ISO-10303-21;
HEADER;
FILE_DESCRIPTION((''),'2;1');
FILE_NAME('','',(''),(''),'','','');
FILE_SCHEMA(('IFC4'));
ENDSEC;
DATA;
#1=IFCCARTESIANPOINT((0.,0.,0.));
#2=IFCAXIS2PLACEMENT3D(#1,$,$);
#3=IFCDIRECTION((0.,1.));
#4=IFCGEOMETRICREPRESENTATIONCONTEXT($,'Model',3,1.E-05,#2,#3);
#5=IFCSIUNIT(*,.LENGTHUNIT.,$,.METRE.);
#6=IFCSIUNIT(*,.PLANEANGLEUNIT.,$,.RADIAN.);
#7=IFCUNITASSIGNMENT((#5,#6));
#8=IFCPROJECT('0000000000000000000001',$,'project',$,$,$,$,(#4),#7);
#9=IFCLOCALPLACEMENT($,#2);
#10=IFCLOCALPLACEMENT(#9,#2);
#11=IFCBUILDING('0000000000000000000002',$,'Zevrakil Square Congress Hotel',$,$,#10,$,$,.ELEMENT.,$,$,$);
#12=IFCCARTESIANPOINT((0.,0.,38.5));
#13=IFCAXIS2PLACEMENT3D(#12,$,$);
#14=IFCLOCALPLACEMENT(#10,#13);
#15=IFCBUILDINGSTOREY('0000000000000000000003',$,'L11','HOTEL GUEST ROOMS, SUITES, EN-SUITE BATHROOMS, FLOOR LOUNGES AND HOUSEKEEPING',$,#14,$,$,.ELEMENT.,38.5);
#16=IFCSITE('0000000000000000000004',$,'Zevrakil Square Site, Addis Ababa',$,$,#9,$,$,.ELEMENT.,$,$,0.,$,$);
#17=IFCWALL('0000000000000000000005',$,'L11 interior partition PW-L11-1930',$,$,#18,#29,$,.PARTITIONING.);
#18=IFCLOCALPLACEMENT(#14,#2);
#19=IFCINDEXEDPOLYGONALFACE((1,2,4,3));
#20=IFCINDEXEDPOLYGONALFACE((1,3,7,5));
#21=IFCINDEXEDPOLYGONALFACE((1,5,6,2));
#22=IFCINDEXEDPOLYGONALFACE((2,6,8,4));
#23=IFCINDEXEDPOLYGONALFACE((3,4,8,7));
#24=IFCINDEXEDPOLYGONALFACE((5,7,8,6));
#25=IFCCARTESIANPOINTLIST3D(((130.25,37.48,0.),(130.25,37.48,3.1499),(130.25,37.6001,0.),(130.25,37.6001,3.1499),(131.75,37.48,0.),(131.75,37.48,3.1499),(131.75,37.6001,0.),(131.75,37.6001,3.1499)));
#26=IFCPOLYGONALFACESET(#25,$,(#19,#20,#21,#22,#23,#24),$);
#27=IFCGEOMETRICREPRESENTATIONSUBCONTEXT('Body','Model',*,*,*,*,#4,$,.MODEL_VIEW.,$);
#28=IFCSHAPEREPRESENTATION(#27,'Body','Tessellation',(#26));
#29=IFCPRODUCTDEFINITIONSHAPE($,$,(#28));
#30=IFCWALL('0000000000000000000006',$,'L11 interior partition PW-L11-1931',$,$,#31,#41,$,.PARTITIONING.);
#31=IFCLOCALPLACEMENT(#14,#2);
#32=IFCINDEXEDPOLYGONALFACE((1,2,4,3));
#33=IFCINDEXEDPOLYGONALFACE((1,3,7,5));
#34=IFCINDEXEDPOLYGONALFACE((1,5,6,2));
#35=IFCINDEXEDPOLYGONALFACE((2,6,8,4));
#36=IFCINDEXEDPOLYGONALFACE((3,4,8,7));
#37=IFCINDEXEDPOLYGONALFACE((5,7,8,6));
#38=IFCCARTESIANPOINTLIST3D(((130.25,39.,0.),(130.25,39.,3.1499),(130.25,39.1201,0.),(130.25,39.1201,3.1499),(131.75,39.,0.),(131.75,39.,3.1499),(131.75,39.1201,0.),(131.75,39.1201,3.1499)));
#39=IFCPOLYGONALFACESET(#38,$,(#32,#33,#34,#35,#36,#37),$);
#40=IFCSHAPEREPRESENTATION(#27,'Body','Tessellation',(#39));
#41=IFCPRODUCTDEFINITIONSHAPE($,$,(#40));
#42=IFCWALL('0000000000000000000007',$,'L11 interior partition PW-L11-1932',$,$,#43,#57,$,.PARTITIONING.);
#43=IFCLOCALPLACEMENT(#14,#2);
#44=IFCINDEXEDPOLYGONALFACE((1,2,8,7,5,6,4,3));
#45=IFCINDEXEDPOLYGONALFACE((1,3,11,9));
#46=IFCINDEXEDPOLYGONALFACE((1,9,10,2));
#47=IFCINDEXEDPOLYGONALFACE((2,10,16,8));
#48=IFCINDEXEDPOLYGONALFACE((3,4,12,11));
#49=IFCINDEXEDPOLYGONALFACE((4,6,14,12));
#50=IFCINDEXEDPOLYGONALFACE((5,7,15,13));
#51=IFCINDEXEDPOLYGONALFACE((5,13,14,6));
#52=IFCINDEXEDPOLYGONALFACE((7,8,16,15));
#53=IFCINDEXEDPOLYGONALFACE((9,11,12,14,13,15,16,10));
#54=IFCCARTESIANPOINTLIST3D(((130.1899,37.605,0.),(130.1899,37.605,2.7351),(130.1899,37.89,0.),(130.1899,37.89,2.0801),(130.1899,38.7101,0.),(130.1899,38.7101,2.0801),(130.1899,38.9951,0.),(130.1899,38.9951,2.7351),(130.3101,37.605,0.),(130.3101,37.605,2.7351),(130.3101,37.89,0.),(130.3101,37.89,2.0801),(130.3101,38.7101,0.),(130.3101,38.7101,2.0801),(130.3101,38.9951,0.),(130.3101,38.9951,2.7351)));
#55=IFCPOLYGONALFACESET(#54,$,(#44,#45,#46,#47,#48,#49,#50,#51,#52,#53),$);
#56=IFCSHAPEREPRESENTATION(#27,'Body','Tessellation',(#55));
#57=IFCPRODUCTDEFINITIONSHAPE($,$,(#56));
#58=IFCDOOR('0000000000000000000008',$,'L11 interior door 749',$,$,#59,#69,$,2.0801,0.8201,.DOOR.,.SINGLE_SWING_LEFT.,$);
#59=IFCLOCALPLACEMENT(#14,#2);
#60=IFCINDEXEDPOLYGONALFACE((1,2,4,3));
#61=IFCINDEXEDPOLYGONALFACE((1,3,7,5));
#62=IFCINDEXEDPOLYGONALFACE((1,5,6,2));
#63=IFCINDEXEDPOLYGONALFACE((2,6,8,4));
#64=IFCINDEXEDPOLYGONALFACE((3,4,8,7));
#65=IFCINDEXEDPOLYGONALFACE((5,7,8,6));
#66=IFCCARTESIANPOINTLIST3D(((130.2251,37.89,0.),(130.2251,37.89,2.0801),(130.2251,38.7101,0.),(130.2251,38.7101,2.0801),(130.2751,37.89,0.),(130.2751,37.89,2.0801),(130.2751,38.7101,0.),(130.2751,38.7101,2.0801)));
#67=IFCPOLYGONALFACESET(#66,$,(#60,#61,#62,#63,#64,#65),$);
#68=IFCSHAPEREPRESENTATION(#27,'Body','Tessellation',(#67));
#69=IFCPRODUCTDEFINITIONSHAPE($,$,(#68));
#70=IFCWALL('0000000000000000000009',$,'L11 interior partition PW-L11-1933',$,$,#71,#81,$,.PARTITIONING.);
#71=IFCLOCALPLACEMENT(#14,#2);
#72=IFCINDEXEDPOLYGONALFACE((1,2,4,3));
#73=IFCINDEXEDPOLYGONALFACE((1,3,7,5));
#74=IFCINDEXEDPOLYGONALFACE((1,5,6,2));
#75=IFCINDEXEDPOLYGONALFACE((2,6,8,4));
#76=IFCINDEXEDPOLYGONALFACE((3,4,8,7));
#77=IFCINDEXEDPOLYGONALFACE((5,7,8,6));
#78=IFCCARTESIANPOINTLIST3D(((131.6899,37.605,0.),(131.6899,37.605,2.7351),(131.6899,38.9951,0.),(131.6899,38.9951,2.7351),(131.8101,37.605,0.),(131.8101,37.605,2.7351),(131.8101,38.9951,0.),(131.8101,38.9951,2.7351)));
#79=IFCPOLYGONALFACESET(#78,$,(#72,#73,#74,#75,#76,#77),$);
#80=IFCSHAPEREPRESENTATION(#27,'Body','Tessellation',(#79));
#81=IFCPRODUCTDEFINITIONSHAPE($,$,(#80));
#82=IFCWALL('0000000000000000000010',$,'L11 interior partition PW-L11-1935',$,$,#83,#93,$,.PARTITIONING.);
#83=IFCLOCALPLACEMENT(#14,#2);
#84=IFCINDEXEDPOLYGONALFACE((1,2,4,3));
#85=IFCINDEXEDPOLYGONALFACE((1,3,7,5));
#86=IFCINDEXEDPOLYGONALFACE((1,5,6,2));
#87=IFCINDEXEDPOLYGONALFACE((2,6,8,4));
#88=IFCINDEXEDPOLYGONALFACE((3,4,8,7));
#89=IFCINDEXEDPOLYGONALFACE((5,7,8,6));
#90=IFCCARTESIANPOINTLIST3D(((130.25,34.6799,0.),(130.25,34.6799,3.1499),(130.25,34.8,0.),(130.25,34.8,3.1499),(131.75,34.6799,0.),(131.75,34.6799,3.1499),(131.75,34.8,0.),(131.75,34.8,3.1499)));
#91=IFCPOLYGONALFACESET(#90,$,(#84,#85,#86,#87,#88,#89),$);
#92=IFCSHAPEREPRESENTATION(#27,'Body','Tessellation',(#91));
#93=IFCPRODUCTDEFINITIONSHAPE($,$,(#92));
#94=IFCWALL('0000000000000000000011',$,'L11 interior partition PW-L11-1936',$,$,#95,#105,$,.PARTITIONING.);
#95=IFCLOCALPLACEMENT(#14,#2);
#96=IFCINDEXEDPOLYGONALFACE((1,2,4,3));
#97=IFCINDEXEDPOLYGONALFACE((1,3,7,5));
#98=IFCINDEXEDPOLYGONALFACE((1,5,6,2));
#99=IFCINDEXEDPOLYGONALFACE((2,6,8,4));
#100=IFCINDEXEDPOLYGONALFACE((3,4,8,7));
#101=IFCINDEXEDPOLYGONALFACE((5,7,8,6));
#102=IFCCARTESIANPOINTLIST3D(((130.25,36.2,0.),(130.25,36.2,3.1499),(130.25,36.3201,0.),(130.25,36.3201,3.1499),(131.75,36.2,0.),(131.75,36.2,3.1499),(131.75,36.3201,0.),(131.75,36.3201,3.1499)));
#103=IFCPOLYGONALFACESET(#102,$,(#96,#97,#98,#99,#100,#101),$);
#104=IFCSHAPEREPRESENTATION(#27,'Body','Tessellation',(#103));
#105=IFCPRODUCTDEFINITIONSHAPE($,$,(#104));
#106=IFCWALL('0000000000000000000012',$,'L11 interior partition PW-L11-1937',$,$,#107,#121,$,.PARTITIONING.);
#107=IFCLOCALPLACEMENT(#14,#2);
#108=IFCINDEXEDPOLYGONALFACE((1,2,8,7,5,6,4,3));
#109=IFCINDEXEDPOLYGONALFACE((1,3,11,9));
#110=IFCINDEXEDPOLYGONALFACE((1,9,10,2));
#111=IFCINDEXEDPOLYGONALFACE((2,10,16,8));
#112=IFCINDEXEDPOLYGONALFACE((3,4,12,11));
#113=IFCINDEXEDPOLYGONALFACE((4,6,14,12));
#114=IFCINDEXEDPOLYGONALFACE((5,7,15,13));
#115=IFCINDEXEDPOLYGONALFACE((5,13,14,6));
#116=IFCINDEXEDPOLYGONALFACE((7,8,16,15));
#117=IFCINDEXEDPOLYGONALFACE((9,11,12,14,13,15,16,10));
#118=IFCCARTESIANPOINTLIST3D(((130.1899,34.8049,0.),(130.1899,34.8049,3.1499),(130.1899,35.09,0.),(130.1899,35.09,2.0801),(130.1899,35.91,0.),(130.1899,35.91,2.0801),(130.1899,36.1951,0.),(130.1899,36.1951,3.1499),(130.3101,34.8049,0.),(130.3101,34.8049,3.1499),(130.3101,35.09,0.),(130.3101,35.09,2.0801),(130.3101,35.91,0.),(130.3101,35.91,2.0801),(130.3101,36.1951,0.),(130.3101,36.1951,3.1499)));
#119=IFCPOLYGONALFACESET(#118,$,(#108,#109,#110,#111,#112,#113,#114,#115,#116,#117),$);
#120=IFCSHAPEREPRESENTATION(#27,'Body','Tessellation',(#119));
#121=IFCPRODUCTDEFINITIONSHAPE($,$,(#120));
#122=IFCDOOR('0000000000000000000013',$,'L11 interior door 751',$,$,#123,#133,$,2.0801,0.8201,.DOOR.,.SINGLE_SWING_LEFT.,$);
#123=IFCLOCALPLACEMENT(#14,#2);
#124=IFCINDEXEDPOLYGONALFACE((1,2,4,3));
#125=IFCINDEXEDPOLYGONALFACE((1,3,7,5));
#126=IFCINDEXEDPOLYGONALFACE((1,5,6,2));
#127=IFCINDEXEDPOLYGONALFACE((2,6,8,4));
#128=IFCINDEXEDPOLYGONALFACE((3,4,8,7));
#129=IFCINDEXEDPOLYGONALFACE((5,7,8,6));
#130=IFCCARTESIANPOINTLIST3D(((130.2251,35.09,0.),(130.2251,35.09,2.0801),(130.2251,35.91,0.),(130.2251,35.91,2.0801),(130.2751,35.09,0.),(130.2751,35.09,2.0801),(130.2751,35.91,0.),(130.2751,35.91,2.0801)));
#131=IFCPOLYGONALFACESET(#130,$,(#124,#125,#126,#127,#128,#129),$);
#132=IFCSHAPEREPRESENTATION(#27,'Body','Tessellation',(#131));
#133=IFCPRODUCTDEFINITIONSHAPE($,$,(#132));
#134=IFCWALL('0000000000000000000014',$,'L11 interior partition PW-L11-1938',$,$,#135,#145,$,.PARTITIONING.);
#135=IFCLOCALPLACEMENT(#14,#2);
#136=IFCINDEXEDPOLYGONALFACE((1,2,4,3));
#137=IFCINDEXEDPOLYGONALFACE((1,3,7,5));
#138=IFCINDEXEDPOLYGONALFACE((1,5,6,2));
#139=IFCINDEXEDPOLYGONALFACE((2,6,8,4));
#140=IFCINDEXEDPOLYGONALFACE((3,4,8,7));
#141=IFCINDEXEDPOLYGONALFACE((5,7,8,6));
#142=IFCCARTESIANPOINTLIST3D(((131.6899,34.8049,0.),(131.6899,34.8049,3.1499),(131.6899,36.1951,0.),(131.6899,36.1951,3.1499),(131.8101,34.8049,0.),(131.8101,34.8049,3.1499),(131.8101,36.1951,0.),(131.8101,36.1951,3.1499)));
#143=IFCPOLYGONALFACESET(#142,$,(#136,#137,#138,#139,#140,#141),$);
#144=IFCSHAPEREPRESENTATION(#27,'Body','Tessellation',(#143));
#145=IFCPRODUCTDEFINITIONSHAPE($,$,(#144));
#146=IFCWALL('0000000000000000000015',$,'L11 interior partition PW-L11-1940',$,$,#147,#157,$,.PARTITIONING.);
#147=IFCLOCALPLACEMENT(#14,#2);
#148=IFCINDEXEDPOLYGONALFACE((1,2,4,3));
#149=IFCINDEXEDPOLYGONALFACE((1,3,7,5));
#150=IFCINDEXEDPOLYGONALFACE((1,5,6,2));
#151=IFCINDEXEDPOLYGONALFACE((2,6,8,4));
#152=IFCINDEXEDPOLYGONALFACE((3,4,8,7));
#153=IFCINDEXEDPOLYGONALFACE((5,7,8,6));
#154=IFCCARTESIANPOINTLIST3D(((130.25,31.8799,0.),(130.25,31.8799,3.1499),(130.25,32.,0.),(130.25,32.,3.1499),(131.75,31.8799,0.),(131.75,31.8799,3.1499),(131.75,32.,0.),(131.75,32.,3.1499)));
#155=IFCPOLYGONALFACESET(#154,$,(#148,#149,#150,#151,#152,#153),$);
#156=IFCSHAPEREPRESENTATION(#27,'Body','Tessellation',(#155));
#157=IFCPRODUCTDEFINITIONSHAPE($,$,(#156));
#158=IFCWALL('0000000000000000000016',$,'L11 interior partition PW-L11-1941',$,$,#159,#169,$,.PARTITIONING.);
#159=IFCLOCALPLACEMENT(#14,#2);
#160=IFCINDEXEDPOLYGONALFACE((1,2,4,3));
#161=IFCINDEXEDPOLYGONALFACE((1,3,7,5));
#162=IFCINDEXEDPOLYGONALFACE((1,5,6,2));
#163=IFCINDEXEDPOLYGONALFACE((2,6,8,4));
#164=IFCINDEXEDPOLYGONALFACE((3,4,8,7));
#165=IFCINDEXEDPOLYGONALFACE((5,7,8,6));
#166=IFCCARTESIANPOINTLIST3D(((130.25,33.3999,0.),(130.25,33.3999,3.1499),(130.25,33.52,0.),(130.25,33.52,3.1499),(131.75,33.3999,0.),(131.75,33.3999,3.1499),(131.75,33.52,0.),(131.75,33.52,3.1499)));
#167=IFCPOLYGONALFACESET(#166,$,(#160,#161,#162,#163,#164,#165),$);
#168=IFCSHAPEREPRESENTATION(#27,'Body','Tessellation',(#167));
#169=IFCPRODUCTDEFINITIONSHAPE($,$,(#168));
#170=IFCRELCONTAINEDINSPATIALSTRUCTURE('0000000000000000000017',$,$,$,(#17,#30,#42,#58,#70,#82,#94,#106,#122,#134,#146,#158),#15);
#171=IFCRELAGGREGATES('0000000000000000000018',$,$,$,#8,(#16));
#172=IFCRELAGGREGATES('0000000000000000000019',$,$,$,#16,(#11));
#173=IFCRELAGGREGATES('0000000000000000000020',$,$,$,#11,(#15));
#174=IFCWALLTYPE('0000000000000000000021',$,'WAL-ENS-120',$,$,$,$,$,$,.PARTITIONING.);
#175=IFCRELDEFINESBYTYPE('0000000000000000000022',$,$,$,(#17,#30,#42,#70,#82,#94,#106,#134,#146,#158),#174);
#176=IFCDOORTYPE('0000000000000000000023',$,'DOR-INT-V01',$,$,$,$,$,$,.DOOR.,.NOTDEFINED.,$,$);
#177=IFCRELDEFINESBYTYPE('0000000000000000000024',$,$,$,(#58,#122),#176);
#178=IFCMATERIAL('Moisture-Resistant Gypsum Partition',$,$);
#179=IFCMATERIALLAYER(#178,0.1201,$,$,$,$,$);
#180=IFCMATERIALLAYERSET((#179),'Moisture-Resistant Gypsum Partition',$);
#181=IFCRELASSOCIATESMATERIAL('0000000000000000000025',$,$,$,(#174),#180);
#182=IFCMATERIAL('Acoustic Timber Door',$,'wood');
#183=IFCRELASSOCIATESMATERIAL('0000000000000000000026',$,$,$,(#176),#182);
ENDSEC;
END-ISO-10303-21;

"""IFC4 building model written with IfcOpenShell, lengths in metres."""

from ifc_helpers import new_model, si_unit, direction, frame, frame_2d, origin, place, context, subcontext, project, spatial, rectangle, extrude, material, layer, layer_set, type_object, element, fill, save


model = new_model("IFC4")

# Units and contexts
model_context = context("Model", 3, precision=1e-05, world=origin(), true_north=direction((0.0, 1.0)))
body_context = subcontext(model_context, "Body", "Model", "MODEL_VIEW")
ifc_project = project(units=[si_unit("LENGTHUNIT", "METRE"), si_unit("PLANEANGLEUNIT", "RADIAN")], contexts=[model_context])

# Site, building, storey
site_placement = place(None, origin())
site = spatial("IfcSite", under=ifc_project, at=site_placement, Name="Zevrakil Square Site, Addis Ababa", CompositionType="ELEMENT", RefElevation=0.0)
building_placement = place(site_placement, origin())
building = spatial("IfcBuilding", under=site, at=building_placement, Name="Zevrakil Square Congress Hotel", CompositionType="ELEMENT")
storey_placement = place(building_placement, frame((0.0, 0.0, 38.5)))
storey = spatial("IfcBuildingStorey", under=building, at=storey_placement, Name="L11", Description="HOTEL GUEST ROOMS, SUITES, EN-SUITE BATHROOMS, FLOOR LOUNGES AND HOUSEKEEPING", CompositionType="ELEMENT", Elevation=38.5)

# Walls
ifc_material_1 = material(Name="Moisture-Resistant Gypsum Partition")
ifc_layer_1 = layer(ifc_material_1, 0.1201)
ifc_layer_set_1 = layer_set([ifc_layer_1], Name="Moisture-Resistant Gypsum Partition")
wall_type_1 = type_object("IfcWallType", Name="WAL-ENS-120", PredefinedType="PARTITIONING", material=ifc_layer_set_1)
for number, where, z_axis, x_axis, name in (
    (1, (130.25, 37.54, 0.0), (0.0, 0.0, 1.0), (1.0, 0.0, 0.0), "L11 interior partition PW-L11-1930"),
    (2, (130.25, 39.0601, 0.0), (0.0, 0.0, 1.0), (1.0, 0.0, 0.0), "L11 interior partition PW-L11-1931"),
):
    element("IfcWall", number, at=place(storey_placement, frame(where, z_axis=z_axis, x_axis=x_axis)), inside=storey, type_object=wall_type_1, Name=name, PredefinedType="PARTITIONING", context=body_context, shape_type="SweptSolid", body=[
        extrude(rectangle(XDim=1.5, YDim=0.1201, at=frame_2d((0.75, 0.0))), origin(), (0.0, 0.0, 1.0), 3.1499),
    ])

# Wall, opening, door
wall_1_placement = place(storey_placement, frame((130.25, 37.605, 0.0), z_axis=(0.0, 0.0, 1.0), x_axis=(0.0, 1.0, 0.0)))
wall_1 = element("IfcWall", 3, at=wall_1_placement, inside=storey, type_object=wall_type_1, Name="L11 interior partition PW-L11-1932", PredefinedType="PARTITIONING", context=body_context, shape_type="SweptSolid", body=[
    extrude(rectangle(XDim=1.3901, YDim=0.1201, at=frame_2d((0.6951, 0.0))), origin(), (0.0, 0.0, 1.0), 2.7351),
])
opening_1_placement = place(wall_1_placement, frame((0.2849, 0.0, 0.0)))
opening_1 = element("IfcOpeningElement", 4, at=opening_1_placement, cuts=wall_1, PredefinedType="OPENING", context=body_context, shape_type="SweptSolid", body=[
    extrude(rectangle(XDim=0.8201, YDim=2.0801, at=frame_2d((0.4102, 1.04))), frame((0.0, 0.0701, 0.0), z_axis=(0.0, -1.0, 0.0), x_axis=(1.0, 0.0, 0.0)), (0.0, 0.0, 1.0), 0.1401),
])
ifc_material_2 = material(Name="Acoustic Timber Door", Category="wood")
door_type_1 = type_object("IfcDoorType", Name="DOR-INT-V01", OperationType="NOTDEFINED", PredefinedType="DOOR", material=ifc_material_2)
door_1_placement = place(opening_1_placement, origin())
door_1 = element("IfcDoor", 5, at=door_1_placement, inside=storey, type_object=door_type_1, Name="L11 interior door 749", OperationType="SINGLE_SWING_LEFT", OverallHeight=2.0801, OverallWidth=0.8201, PredefinedType="DOOR", context=body_context, shape_type="SweptSolid", body=[
    extrude(rectangle(XDim=0.8201, YDim=2.0801, at=frame_2d((0.4102, 1.04))), frame((0.0, 0.0249, 0.0), z_axis=(0.0, -1.0, 0.0), x_axis=(1.0, 0.0, 0.0)), (0.0, 0.0, 1.0), 0.05),
])
fill(opening_1, door_1)

# Walls
wall_2_placement = place(storey_placement, frame((131.75, 37.605, 0.0), z_axis=(0.0, 0.0, 1.0), x_axis=(0.0, 1.0, 0.0)))
element("IfcWall", 6, at=wall_2_placement, inside=storey, type_object=wall_type_1, Name="L11 interior partition PW-L11-1933", PredefinedType="PARTITIONING", context=body_context, shape_type="SweptSolid", body=[
    extrude(rectangle(XDim=1.3901, YDim=0.1201, at=frame_2d((0.6951, 0.0))), origin(), (0.0, 0.0, 1.0), 2.7351),
])
for number, where, z_axis, x_axis, name in (
    (7, (130.25, 34.74, 0.0), (0.0, 0.0, 1.0), (1.0, 0.0, 0.0), "L11 interior partition PW-L11-1935"),
    (8, (130.25, 36.26, 0.0), (0.0, 0.0, 1.0), (1.0, 0.0, 0.0), "L11 interior partition PW-L11-1936"),
):
    element("IfcWall", number, at=place(storey_placement, frame(where, z_axis=z_axis, x_axis=x_axis)), inside=storey, type_object=wall_type_1, Name=name, PredefinedType="PARTITIONING", context=body_context, shape_type="SweptSolid", body=[
        extrude(rectangle(XDim=1.5, YDim=0.1201, at=frame_2d((0.75, 0.0))), origin(), (0.0, 0.0, 1.0), 3.1499),
    ])

# Wall, opening, door
wall_3_placement = place(storey_placement, frame((130.25, 34.8049, 0.0), z_axis=(0.0, 0.0, 1.0), x_axis=(0.0, 1.0, 0.0)))
wall_3 = element("IfcWall", 9, at=wall_3_placement, inside=storey, type_object=wall_type_1, Name="L11 interior partition PW-L11-1937", PredefinedType="PARTITIONING", context=body_context, shape_type="SweptSolid", body=[
    extrude(rectangle(XDim=1.3901, YDim=0.1201, at=frame_2d((0.6951, 0.0))), origin(), (0.0, 0.0, 1.0), 3.1499),
])
opening_2_placement = place(wall_3_placement, frame((0.2849, 0.0, 0.0)))
opening_2 = element("IfcOpeningElement", 10, at=opening_2_placement, cuts=wall_3, PredefinedType="OPENING", context=body_context, shape_type="SweptSolid", body=[
    extrude(rectangle(XDim=0.8201, YDim=2.0801, at=frame_2d((0.4102, 1.04))), frame((0.0, 0.0701, 0.0), z_axis=(0.0, -1.0, 0.0), x_axis=(1.0, 0.0, 0.0)), (0.0, 0.0, 1.0), 0.1401),
])
door_2_placement = place(opening_2_placement, origin())
door_2 = element("IfcDoor", 11, at=door_2_placement, inside=storey, type_object=door_type_1, Name="L11 interior door 751", OperationType="SINGLE_SWING_LEFT", OverallHeight=2.0801, OverallWidth=0.8201, PredefinedType="DOOR", context=body_context, shape_type="SweptSolid", body=[
    extrude(rectangle(XDim=0.8201, YDim=2.0801, at=frame_2d((0.4102, 1.04))), frame((0.0, 0.0249, 0.0), z_axis=(0.0, -1.0, 0.0), x_axis=(1.0, 0.0, 0.0)), (0.0, 0.0, 1.0), 0.05),
])
fill(opening_2, door_2)

# Walls
wall_4_placement = place(storey_placement, frame((131.75, 34.8049, 0.0), z_axis=(0.0, 0.0, 1.0), x_axis=(0.0, 1.0, 0.0)))
element("IfcWall", 12, at=wall_4_placement, inside=storey, type_object=wall_type_1, Name="L11 interior partition PW-L11-1938", PredefinedType="PARTITIONING", context=body_context, shape_type="SweptSolid", body=[
    extrude(rectangle(XDim=1.3901, YDim=0.1201, at=frame_2d((0.6951, 0.0))), origin(), (0.0, 0.0, 1.0), 3.1499),
])
for number, where, z_axis, x_axis, name in (
    (13, (130.25, 31.9399, 0.0), (0.0, 0.0, 1.0), (1.0, 0.0, 0.0), "L11 interior partition PW-L11-1940"),
    (14, (130.25, 33.46, 0.0), (0.0, 0.0, 1.0), (1.0, 0.0, 0.0), "L11 interior partition PW-L11-1941"),
):
    element("IfcWall", number, at=place(storey_placement, frame(where, z_axis=z_axis, x_axis=x_axis)), inside=storey, type_object=wall_type_1, Name=name, PredefinedType="PARTITIONING", context=body_context, shape_type="SweptSolid", body=[
        extrude(rectangle(XDim=1.5, YDim=0.1201, at=frame_2d((0.75, 0.0))), origin(), (0.0, 0.0, 1.0), 3.1499),
    ])

save(model, "model.ifc")
